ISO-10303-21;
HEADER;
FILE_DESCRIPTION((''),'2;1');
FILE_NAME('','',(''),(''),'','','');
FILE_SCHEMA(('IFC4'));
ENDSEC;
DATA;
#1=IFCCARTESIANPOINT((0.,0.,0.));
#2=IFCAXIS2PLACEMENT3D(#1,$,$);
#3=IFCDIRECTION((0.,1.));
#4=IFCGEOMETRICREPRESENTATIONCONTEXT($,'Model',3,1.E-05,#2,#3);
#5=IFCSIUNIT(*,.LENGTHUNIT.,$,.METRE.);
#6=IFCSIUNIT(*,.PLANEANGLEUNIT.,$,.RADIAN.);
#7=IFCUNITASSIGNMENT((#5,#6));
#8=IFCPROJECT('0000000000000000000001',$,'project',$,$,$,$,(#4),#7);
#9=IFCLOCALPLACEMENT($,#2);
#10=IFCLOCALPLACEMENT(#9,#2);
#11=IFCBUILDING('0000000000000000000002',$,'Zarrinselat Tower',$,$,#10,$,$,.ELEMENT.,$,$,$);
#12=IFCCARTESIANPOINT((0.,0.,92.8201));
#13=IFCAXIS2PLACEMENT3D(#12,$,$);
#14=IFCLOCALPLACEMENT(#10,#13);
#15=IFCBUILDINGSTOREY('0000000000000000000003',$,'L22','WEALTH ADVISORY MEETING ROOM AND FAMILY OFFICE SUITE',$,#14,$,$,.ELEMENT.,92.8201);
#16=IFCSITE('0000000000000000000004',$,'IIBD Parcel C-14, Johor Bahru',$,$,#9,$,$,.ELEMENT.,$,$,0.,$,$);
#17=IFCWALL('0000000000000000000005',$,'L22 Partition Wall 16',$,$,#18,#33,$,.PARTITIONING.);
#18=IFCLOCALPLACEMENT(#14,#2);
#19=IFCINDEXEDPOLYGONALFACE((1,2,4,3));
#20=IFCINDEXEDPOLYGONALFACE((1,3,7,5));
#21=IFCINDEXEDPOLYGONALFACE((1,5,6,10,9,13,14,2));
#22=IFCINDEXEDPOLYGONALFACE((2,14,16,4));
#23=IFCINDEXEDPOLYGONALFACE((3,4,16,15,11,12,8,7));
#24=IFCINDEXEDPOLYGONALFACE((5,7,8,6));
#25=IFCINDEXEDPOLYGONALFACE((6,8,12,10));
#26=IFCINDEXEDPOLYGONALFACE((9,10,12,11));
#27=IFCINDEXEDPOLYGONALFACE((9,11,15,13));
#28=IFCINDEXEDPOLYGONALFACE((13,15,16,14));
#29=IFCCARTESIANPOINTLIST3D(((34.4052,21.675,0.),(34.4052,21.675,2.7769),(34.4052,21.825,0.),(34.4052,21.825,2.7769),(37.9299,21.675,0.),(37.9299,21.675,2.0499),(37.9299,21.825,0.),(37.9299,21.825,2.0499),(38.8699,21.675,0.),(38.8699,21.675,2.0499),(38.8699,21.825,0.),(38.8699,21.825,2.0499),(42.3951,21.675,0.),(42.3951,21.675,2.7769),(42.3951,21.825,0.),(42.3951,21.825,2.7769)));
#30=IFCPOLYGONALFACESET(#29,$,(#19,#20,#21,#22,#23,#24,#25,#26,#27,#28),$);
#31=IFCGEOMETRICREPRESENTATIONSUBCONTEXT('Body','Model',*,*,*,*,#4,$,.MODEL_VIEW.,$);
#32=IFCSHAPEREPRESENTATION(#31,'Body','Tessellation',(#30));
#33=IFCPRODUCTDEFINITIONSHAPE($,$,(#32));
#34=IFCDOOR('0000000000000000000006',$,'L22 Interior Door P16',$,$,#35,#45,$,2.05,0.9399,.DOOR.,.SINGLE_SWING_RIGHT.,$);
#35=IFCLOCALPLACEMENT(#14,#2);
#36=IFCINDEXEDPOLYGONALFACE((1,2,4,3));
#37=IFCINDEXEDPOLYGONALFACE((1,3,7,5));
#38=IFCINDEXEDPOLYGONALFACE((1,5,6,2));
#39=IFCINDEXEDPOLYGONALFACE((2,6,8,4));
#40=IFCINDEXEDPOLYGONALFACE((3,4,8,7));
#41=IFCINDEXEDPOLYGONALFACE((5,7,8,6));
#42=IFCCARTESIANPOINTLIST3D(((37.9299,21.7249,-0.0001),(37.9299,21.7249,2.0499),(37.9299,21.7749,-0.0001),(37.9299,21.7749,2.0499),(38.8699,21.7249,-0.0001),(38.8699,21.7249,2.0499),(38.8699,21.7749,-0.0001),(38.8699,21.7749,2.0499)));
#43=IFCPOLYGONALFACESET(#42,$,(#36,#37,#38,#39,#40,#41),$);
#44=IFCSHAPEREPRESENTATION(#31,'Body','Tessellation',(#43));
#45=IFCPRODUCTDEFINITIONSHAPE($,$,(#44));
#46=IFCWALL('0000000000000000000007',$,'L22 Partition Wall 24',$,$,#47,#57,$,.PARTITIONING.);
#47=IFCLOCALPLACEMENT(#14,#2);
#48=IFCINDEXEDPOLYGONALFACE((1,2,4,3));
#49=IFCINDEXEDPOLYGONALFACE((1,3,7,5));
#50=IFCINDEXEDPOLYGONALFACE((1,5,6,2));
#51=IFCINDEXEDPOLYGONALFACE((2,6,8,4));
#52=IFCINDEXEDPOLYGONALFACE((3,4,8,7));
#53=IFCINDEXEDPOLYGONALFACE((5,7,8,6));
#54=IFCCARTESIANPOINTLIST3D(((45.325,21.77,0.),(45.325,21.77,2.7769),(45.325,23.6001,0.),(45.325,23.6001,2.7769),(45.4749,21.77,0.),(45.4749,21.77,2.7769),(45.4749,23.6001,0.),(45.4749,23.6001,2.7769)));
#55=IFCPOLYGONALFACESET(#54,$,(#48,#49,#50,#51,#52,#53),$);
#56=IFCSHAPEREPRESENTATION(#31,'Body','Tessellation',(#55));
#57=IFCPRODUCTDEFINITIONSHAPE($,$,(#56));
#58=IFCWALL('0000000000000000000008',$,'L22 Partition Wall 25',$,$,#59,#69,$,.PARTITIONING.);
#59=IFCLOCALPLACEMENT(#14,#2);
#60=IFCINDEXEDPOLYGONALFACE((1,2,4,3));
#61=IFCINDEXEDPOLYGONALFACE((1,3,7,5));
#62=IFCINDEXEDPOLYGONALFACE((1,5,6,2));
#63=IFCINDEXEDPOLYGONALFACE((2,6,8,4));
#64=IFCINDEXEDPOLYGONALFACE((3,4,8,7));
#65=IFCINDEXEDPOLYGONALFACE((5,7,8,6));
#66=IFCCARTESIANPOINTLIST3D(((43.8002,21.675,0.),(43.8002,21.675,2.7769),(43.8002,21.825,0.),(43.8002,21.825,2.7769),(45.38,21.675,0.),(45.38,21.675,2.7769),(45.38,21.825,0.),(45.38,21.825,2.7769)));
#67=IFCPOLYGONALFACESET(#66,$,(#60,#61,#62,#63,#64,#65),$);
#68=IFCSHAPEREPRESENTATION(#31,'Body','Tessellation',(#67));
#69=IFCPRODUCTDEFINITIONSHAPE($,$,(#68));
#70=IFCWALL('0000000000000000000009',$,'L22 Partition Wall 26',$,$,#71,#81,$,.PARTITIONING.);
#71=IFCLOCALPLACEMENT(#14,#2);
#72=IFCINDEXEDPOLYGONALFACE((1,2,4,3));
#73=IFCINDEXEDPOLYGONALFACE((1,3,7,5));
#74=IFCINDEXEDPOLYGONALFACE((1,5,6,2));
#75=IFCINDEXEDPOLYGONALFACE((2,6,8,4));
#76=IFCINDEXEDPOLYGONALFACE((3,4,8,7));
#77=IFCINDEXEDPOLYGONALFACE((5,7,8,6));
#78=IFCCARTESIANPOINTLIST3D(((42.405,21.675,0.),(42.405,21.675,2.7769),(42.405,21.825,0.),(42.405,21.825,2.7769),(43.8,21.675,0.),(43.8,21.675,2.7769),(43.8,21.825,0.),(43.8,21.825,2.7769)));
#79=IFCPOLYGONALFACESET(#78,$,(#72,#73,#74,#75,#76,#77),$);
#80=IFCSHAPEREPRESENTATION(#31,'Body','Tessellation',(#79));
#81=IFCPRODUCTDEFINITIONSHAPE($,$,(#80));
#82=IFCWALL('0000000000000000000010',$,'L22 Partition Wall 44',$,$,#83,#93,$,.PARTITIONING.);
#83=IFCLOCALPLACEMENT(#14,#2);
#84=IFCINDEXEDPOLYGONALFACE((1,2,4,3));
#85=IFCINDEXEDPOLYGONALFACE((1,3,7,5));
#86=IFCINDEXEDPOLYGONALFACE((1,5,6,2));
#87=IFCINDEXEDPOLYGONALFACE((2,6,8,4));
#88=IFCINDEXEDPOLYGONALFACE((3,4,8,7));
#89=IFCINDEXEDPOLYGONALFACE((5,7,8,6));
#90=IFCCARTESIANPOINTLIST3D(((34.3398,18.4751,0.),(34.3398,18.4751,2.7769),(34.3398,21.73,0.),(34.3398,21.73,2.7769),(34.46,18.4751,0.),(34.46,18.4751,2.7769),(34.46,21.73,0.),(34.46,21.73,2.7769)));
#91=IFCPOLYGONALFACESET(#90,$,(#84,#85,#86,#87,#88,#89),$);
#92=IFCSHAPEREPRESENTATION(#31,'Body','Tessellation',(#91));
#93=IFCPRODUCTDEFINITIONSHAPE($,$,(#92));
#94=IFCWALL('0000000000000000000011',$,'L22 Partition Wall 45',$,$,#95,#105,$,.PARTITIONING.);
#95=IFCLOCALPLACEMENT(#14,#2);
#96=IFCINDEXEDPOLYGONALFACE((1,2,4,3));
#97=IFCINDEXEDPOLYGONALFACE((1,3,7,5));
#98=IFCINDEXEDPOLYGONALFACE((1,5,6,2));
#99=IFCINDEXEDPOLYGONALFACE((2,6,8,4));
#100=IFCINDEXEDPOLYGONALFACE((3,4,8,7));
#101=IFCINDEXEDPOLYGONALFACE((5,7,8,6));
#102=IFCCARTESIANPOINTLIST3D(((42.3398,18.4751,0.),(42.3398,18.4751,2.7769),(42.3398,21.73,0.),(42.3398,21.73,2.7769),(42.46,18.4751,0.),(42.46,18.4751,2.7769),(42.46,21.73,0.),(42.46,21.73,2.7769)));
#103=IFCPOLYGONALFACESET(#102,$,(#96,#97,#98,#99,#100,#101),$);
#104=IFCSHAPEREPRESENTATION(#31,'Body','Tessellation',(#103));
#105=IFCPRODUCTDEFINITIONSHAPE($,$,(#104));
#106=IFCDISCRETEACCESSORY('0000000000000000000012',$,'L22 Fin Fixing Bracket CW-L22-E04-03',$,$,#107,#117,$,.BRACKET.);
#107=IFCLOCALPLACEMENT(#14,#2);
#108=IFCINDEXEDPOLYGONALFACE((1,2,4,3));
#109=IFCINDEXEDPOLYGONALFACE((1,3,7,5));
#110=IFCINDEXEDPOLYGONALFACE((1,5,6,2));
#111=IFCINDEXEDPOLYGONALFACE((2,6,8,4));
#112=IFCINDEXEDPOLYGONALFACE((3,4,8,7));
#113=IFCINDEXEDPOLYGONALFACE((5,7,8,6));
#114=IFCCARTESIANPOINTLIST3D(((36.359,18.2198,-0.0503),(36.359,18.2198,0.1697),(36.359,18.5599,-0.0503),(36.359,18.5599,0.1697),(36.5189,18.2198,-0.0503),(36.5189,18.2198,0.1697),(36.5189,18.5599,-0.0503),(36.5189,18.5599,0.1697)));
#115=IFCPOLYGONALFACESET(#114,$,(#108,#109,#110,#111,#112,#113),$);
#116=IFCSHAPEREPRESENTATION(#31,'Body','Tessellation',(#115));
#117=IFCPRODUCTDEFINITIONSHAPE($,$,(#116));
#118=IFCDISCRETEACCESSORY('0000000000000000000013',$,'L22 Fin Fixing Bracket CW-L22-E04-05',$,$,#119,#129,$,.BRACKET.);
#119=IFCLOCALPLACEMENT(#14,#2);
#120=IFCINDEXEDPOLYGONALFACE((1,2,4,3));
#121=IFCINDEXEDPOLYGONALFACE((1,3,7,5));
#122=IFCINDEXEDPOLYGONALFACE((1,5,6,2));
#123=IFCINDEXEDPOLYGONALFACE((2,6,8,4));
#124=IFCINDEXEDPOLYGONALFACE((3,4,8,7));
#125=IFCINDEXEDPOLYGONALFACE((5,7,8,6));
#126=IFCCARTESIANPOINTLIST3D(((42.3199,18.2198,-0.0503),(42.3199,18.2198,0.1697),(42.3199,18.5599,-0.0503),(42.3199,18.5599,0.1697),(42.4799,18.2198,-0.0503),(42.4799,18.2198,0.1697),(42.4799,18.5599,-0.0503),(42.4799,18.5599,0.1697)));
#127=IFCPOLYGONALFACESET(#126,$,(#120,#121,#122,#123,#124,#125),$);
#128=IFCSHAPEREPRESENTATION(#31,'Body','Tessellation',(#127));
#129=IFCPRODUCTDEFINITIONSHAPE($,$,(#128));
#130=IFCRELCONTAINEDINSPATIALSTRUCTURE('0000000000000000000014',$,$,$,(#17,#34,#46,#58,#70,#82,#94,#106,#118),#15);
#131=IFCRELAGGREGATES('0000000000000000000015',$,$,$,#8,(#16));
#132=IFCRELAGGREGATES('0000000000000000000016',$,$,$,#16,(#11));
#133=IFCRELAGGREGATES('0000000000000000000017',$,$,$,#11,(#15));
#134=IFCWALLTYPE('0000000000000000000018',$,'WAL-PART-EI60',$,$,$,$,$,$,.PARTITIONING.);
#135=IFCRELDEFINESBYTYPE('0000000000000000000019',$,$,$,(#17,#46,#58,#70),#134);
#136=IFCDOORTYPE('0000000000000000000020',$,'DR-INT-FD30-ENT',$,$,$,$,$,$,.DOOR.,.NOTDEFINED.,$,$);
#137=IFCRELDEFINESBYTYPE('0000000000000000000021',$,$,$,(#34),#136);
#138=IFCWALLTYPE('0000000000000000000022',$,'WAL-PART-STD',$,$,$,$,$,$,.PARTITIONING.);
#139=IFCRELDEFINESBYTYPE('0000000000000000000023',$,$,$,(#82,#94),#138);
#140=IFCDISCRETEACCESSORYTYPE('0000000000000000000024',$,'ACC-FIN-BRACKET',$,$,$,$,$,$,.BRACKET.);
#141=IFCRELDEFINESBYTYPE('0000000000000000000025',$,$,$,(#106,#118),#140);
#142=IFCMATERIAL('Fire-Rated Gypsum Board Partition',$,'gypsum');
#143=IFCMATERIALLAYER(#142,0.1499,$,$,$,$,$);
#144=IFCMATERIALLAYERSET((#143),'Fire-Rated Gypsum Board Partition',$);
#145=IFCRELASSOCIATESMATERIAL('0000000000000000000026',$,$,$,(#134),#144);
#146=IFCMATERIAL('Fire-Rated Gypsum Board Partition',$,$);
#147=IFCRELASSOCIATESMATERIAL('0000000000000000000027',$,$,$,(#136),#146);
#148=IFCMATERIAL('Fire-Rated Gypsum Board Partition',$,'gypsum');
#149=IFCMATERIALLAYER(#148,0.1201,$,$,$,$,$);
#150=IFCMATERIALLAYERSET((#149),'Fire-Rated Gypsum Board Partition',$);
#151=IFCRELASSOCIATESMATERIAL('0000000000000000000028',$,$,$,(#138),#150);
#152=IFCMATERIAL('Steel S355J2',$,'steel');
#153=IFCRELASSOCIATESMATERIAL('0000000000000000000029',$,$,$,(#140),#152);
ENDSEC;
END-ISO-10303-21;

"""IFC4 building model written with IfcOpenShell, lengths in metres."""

from ifc_helpers import new_model, si_unit, direction, frame, frame_2d, origin, origin_2d, place, context, subcontext, project, spatial, rectangle, extrude, material, layer, layer_set, type_object, element, fill, save


model = new_model("IFC4")

# Units and contexts
model_context = context("Model", 3, precision=1e-05, world=origin(), true_north=direction((0.0, 1.0)))
body_context = subcontext(model_context, "Body", "Model", "MODEL_VIEW")
ifc_project = project(units=[si_unit("LENGTHUNIT", "METRE"), si_unit("PLANEANGLEUNIT", "RADIAN")], contexts=[model_context])

# Site, building, storey
site_placement = place(None, origin())
site = spatial("IfcSite", under=ifc_project, at=site_placement, Name="IIBD Parcel C-14, Johor Bahru", CompositionType="ELEMENT", RefElevation=0.0)
building_placement = place(site_placement, origin())
building = spatial("IfcBuilding", under=site, at=building_placement, Name="Zarrinselat Tower", CompositionType="ELEMENT")
storey_placement = place(building_placement, frame((0.0, 0.0, 92.8201)))
storey = spatial("IfcBuildingStorey", under=building, at=storey_placement, Name="L22", Description="WEALTH ADVISORY MEETING ROOM AND FAMILY OFFICE SUITE", CompositionType="ELEMENT", Elevation=92.8201)

# Wall, opening, door
ifc_material_1 = material(Name="Fire-Rated Gypsum Board Partition", Category="gypsum")
ifc_layer_1 = layer(ifc_material_1, 0.1499)
ifc_layer_set_1 = layer_set([ifc_layer_1], Name="Fire-Rated Gypsum Board Partition")
wall_type_1 = type_object("IfcWallType", Name="WAL-PART-EI60", PredefinedType="PARTITIONING", material=ifc_layer_set_1)
wall_1_placement = place(storey_placement, frame((34.405, 21.75, 0.0), z_axis=(0.0, 0.0, 1.0), x_axis=(1.0, 0.0, 0.0)))
wall_1 = element("IfcWall", 1, at=wall_1_placement, inside=storey, type_object=wall_type_1, Name="L22 Partition Wall 16", PredefinedType="PARTITIONING", context=body_context, shape_type="SweptSolid", body=[
    extrude(rectangle(XDim=7.99, YDim=0.1499, at=frame_2d((3.9951, 0.0))), origin(), (0.0, 0.0, 1.0), 2.7769),
])
opening_placement = place(wall_1_placement, frame((3.5249, 0.0, 0.0)))
opening = element("IfcOpeningElement", 2, at=opening_placement, cuts=wall_1, PredefinedType="OPENING", context=body_context, shape_type="SweptSolid", body=[
    extrude(rectangle(XDim=0.9399, YDim=2.05, at=frame_2d((0.47, 1.0249))), frame((0.0, 0.085, 0.0), z_axis=(0.0, -1.0, 0.0), x_axis=(1.0, 0.0, 0.0)), (0.0, 0.0, 1.0), 0.1699),
])
ifc_material_2 = material(Name="Fire-Rated Gypsum Board Partition")
door_type = type_object("IfcDoorType", Name="DR-INT-FD30-ENT", OperationType="NOTDEFINED", PredefinedType="DOOR", material=ifc_material_2)
door_placement = place(opening_placement, origin())
door = element("IfcDoor", 3, at=door_placement, inside=storey, type_object=door_type, Name="L22 Interior Door P16", OperationType="SINGLE_SWING_RIGHT", OverallHeight=2.05, OverallWidth=0.9399, PredefinedType="DOOR", context=body_context, shape_type="SweptSolid", body=[
    extrude(rectangle(XDim=0.9399, YDim=2.05, at=frame_2d((0.47, 1.0249))), frame((0.0, 0.0249, 0.0), z_axis=(0.0, -1.0, 0.0), x_axis=(1.0, 0.0, 0.0)), (0.0, 0.0, 1.0), 0.05),
])
fill(opening, door)

# Walls
wall_2_placement = place(storey_placement, frame((45.3999, 21.77, 0.0), z_axis=(0.0, 0.0, 1.0), x_axis=(0.0, 1.0, 0.0)))
element("IfcWall", 4, at=wall_2_placement, inside=storey, type_object=wall_type_1, Name="L22 Partition Wall 24", PredefinedType="PARTITIONING", context=body_context, shape_type="SweptSolid", body=[
    extrude(rectangle(XDim=1.8301, YDim=0.1499, at=frame_2d((0.915, 0.0))), origin(), (0.0, 0.0, 1.0), 2.7769),
])
wall_3_placement = place(storey_placement, frame((43.8, 21.75, 0.0), z_axis=(0.0, 0.0, 1.0), x_axis=(1.0, 0.0, 0.0)))
element("IfcWall", 5, at=wall_3_placement, inside=storey, type_object=wall_type_1, Name="L22 Partition Wall 25", PredefinedType="PARTITIONING", context=body_context, shape_type="SweptSolid", body=[
    extrude(rectangle(XDim=1.5798, YDim=0.1499, at=frame_2d((0.79, 0.0))), origin(), (0.0, 0.0, 1.0), 2.7769),
])
wall_4_placement = place(storey_placement, frame((42.405, 21.75, 0.0), z_axis=(0.0, 0.0, 1.0), x_axis=(1.0, 0.0, 0.0)))
element("IfcWall", 6, at=wall_4_placement, inside=storey, type_object=wall_type_1, Name="L22 Partition Wall 26", PredefinedType="PARTITIONING", context=body_context, shape_type="SweptSolid", body=[
    extrude(rectangle(XDim=1.395, YDim=0.1499, at=frame_2d((0.6975, 0.0))), origin(), (0.0, 0.0, 1.0), 2.7769),
])
ifc_material_3 = material(Name="Fire-Rated Gypsum Board Partition", Category="gypsum")
ifc_layer_2 = layer(ifc_material_3, 0.1201)
ifc_layer_set_2 = layer_set([ifc_layer_2], Name="Fire-Rated Gypsum Board Partition")
wall_type_2 = type_object("IfcWallType", Name="WAL-PART-STD", PredefinedType="PARTITIONING", material=ifc_layer_set_2)
for number, where, z_axis, x_axis, name in (
    (7, (34.3999, 18.4751, 0.0), (0.0, 0.0, 1.0), (0.0, 1.0, 0.0), "L22 Partition Wall 44"),
    (8, (42.3999, 18.4751, 0.0), (0.0, 0.0, 1.0), (0.0, 1.0, 0.0), "L22 Partition Wall 45"),
):
    element("IfcWall", number, at=place(storey_placement, frame(where, z_axis=z_axis, x_axis=x_axis)), inside=storey, type_object=wall_type_2, Name=name, PredefinedType="PARTITIONING", context=body_context, shape_type="SweptSolid", body=[
        extrude(rectangle(XDim=3.2549, YDim=0.1201, at=frame_2d((1.6274, 0.0))), origin(), (0.0, 0.0, 1.0), 2.7769),
    ])

# Discrete accessories
ifc_material_4 = material(Name="Steel S355J2", Category="steel")
discrete_accessory_type = type_object("IfcDiscreteAccessoryType", Name="ACC-FIN-BRACKET", PredefinedType="BRACKET", material=ifc_material_4)
for number, where, z_axis, x_axis, name in (
    (9, (36.439, 18.3899, -0.0503), (0.0, 0.0, 1.0), (0.0, -1.0, 0.0), "L22 Fin Fixing Bracket CW-L22-E04-03"),
    (10, (42.3999, 18.3899, -0.0503), (0.0, 0.0, 1.0), (0.0, -1.0, 0.0), "L22 Fin Fixing Bracket CW-L22-E04-05"),
):
    element("IfcDiscreteAccessory", number, at=place(storey_placement, frame(where, z_axis=z_axis, x_axis=x_axis)), inside=storey, type_object=discrete_accessory_type, Name=name, PredefinedType="BRACKET", context=body_context, shape_type="SweptSolid", body=[
        extrude(rectangle(XDim=0.3401, YDim=0.1599, at=origin_2d()), origin(), (0.0, 0.0, 1.0), 0.22),
    ])

save(model, "model.ifc")
